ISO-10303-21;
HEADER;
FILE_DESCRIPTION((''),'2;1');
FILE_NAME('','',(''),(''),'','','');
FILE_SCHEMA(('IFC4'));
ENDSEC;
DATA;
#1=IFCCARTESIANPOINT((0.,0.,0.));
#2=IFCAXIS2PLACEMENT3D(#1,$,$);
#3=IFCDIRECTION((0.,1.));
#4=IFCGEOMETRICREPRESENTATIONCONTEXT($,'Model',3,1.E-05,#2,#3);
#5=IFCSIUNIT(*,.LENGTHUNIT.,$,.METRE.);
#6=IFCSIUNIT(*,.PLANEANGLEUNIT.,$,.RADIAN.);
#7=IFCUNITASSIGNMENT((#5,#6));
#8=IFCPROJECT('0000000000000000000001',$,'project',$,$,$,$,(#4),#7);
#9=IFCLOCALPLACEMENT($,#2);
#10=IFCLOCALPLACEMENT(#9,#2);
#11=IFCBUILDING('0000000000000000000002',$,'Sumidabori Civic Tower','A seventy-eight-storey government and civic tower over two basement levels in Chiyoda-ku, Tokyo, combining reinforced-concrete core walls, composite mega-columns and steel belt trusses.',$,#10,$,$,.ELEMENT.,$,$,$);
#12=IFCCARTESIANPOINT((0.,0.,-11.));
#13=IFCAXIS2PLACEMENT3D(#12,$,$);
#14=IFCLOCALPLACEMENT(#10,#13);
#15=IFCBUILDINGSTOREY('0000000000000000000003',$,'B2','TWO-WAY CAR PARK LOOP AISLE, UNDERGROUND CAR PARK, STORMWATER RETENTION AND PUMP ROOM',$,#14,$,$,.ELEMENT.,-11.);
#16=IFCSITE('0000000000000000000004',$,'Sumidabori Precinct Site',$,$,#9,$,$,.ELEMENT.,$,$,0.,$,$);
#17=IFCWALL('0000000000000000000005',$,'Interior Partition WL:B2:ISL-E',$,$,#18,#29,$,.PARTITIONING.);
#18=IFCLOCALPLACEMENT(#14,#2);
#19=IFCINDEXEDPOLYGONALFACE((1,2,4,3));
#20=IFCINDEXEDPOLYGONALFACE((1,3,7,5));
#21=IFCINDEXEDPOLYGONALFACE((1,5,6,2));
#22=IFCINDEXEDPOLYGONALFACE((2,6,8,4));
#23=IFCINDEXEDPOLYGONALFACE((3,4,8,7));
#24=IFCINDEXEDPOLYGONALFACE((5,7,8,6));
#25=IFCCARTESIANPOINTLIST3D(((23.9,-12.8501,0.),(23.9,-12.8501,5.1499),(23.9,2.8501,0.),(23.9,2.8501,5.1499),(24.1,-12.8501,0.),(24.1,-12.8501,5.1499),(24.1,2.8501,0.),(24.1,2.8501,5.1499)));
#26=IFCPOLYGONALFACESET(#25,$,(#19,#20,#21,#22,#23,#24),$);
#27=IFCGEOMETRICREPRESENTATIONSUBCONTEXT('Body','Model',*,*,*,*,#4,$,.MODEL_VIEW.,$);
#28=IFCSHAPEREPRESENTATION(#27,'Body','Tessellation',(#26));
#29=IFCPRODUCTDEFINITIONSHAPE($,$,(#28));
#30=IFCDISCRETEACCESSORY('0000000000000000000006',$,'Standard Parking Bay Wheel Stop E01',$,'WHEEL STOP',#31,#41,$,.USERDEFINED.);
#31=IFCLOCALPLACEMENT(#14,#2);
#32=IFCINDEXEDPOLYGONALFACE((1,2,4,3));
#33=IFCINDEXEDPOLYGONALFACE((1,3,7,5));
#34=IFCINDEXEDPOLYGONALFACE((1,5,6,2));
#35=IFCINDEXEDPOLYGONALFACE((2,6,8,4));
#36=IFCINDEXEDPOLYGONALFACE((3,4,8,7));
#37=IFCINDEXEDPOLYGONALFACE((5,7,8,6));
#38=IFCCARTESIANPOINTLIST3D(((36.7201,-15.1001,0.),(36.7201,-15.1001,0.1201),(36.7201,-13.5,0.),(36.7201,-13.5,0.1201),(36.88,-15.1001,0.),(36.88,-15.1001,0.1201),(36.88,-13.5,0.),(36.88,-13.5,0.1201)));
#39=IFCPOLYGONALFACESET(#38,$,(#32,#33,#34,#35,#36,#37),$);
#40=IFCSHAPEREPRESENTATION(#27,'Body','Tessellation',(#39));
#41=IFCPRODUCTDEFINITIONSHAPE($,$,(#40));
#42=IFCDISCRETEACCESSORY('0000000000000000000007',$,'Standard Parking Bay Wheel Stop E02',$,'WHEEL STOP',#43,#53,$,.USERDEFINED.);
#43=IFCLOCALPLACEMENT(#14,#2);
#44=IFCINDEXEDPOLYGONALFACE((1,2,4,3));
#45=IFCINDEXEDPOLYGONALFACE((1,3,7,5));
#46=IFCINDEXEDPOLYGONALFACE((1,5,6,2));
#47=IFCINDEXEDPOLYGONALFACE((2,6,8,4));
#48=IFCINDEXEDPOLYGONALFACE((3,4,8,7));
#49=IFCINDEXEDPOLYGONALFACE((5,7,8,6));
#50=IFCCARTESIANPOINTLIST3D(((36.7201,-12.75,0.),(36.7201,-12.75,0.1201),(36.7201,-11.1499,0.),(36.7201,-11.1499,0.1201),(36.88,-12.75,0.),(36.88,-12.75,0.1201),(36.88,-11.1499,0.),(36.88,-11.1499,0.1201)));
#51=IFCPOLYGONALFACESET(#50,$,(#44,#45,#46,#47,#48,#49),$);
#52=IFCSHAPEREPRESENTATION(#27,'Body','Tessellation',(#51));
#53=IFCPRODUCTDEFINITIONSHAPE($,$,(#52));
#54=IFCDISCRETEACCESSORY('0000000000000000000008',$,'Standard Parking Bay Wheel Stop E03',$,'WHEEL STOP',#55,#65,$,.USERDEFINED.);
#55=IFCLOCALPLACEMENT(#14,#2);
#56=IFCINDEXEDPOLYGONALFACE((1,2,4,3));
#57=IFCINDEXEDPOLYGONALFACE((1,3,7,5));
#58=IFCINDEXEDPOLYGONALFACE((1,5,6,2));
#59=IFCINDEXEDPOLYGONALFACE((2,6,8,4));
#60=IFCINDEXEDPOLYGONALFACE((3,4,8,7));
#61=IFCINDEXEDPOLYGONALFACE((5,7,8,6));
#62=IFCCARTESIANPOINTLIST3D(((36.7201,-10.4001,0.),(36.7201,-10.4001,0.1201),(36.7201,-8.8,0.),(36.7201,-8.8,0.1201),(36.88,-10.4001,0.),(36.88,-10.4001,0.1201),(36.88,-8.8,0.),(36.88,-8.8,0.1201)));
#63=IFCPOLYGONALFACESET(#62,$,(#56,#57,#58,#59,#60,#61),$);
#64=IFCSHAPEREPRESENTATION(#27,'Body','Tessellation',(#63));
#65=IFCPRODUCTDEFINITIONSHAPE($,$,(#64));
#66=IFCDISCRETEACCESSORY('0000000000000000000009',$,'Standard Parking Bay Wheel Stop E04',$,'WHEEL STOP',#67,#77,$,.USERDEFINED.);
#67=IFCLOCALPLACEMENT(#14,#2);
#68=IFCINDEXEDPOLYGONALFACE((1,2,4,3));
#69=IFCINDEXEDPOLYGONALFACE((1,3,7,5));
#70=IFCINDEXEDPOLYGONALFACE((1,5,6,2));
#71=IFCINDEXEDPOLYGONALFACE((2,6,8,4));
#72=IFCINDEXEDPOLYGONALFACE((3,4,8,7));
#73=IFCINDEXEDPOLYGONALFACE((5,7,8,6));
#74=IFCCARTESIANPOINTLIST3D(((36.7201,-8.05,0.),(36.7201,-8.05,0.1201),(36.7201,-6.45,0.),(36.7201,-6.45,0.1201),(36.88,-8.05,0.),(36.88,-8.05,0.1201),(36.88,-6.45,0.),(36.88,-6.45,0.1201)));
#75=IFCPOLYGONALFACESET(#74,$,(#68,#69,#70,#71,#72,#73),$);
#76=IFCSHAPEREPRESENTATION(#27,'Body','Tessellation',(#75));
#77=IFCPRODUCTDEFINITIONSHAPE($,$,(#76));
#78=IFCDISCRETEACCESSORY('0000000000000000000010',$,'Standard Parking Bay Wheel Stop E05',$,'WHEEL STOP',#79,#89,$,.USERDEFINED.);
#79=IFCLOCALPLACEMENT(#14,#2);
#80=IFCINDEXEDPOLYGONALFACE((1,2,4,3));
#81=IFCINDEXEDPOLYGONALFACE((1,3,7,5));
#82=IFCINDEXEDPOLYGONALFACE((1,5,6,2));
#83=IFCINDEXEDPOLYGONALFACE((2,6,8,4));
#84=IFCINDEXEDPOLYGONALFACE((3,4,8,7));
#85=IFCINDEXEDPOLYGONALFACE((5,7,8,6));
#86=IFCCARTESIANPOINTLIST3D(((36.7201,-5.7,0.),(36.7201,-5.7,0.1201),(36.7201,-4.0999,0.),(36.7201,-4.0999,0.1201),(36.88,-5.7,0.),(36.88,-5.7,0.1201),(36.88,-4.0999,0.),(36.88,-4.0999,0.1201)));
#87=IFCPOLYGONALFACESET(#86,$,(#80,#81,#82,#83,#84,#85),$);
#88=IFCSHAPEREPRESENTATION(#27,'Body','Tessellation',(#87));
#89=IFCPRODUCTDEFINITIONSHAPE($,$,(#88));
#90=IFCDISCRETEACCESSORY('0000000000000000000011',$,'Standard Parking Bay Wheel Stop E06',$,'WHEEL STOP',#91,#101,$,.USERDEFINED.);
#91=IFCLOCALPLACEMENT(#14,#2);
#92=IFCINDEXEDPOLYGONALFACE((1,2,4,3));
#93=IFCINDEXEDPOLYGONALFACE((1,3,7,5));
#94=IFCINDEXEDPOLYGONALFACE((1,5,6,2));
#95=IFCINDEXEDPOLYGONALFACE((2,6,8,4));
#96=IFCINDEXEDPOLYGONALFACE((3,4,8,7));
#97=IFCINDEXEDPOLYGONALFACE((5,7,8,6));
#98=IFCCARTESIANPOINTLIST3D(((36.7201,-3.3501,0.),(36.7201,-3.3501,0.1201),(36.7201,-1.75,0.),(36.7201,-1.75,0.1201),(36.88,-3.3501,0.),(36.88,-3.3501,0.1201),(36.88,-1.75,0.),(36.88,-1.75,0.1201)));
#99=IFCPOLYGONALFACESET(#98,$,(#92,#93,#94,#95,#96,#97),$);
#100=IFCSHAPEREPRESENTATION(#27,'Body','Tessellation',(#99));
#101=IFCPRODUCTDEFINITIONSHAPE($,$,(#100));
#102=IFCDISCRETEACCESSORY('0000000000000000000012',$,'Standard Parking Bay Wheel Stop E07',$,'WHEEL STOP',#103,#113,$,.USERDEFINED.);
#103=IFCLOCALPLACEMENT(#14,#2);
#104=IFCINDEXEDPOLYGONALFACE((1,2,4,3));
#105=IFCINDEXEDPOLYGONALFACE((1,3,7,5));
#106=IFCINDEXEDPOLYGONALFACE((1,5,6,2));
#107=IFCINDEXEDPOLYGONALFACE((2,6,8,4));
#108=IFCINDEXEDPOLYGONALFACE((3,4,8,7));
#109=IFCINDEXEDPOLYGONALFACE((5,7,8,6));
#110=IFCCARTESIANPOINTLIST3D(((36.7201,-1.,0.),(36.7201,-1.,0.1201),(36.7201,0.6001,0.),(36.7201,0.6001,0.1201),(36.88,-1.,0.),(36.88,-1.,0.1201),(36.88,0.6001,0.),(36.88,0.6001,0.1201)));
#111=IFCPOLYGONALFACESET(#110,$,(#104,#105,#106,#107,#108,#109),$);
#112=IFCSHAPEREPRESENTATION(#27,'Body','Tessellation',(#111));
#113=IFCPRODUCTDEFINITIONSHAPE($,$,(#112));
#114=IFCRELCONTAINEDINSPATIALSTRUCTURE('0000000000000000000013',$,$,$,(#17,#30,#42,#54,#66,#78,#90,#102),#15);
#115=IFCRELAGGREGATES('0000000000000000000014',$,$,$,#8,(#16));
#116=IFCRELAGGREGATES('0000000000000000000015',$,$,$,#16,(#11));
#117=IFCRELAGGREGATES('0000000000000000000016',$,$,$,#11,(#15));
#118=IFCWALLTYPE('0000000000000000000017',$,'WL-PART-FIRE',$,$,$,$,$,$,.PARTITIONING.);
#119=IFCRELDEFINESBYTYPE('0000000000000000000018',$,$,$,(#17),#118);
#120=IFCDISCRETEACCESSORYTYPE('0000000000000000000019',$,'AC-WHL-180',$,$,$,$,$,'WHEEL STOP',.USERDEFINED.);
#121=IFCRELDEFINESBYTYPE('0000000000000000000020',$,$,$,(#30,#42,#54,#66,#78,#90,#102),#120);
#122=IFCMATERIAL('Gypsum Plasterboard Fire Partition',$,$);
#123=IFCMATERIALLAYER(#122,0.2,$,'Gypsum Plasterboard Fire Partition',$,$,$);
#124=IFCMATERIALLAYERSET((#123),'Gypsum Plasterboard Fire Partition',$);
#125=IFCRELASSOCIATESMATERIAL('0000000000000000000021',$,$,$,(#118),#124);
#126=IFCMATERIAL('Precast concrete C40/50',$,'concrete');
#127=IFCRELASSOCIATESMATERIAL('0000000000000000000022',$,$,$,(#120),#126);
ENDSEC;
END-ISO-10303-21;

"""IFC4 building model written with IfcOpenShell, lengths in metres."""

from ifc_helpers import new_model, si_unit, direction, frame, frame_2d, origin, origin_2d, place, context, subcontext, project, spatial, rectangle, extrude, source, transform, mapped, material, layer, layer_set, type_object, element, save


model = new_model("IFC4")

# Units and contexts
model_context = context("Model", 3, precision=1e-05, world=origin(), true_north=direction((0.0, 1.0)))
body_context = subcontext(model_context, "Body", "Model", "MODEL_VIEW")
ifc_project = project(units=[si_unit("LENGTHUNIT", "METRE"), si_unit("PLANEANGLEUNIT", "RADIAN")], contexts=[model_context])

# Site, building, storey
site_placement = place(None, origin())
site = spatial("IfcSite", under=ifc_project, at=site_placement, Name="Sumidabori Precinct Site", CompositionType="ELEMENT", RefElevation=0.0)
building_placement = place(site_placement, origin())
building = spatial("IfcBuilding", under=site, at=building_placement, Name="Sumidabori Civic Tower", Description="A seventy-eight-storey government and civic tower over two basement levels in Chiyoda-ku, Tokyo, combining reinforced-concrete core walls, composite mega-columns and steel belt trusses.", CompositionType="ELEMENT")
storey_placement = place(building_placement, frame((0.0, 0.0, -11.0)))
storey = spatial("IfcBuildingStorey", under=building, at=storey_placement, Name="B2", Description="TWO-WAY CAR PARK LOOP AISLE, UNDERGROUND CAR PARK, STORMWATER RETENTION AND PUMP ROOM", CompositionType="ELEMENT", Elevation=-11.0)

# Wall
ifc_material_1 = material(Name="Gypsum Plasterboard Fire Partition")
ifc_layer_1 = layer(ifc_material_1, 0.2, Name="Gypsum Plasterboard Fire Partition")
ifc_layer_set_1 = layer_set([ifc_layer_1], Name="Gypsum Plasterboard Fire Partition")
wall_type = type_object("IfcWallType", Name="WL-PART-FIRE", PredefinedType="PARTITIONING", material=ifc_layer_set_1)
shared_shape_1 = source(origin(), body_context, "Body", "SweptSolid", [
    extrude(rectangle(XDim=15.7002, YDim=0.2, at=frame_2d((7.8501, 0.0))), origin(), (0.0, 0.0, 1.0), 5.1499),
])
wall_placement = place(storey_placement, frame((24.0, -12.8501, 0.0), z_axis=(0.0, 0.0, 1.0), x_axis=(0.0, 1.0, 0.0)))
element("IfcWall", 1, at=wall_placement, inside=storey, type_object=wall_type, Name="Interior Partition WL:B2:ISL-E", PredefinedType="PARTITIONING", context=body_context, shape_type="MappedRepresentation", body=[
    mapped(shared_shape_1, transform((0.0, 0.0, 0.0), x_axis=(1.0, 0.0, 0.0), y_axis=(0.0, 1.0, 0.0), z_axis=(0.0, 0.0, 1.0), scale=1.0)),
])

# Discrete accessories
ifc_material_2 = material(Name="Precast concrete C40/50", Category="concrete")
discrete_accessory_type = type_object("IfcDiscreteAccessoryType", Name="AC-WHL-180", ElementType="WHEEL STOP", PredefinedType="USERDEFINED", material=ifc_material_2)
shared_shape_2 = source(origin(), body_context, "Body", "SweptSolid", [
    extrude(rectangle(XDim=0.1599, YDim=1.6001, at=origin_2d()), origin(), (0.0, 0.0, 1.0), 0.1201),
])
for number, where, z_axis, x_axis, name in (
    (2, (36.8, -14.3, 0.0), (0.0, 0.0, 1.0), (1.0, 0.0, 0.0), "Standard Parking Bay Wheel Stop E01"),
    (3, (36.8, -11.95, 0.0), (0.0, 0.0, 1.0), (1.0, 0.0, 0.0), "Standard Parking Bay Wheel Stop E02"),
    (4, (36.8, -9.6001, 0.0), (0.0, 0.0, 1.0), (1.0, 0.0, 0.0), "Standard Parking Bay Wheel Stop E03"),
    (5, (36.8, -7.25, 0.0), (0.0, 0.0, 1.0), (1.0, 0.0, 0.0), "Standard Parking Bay Wheel Stop E04"),
    (6, (36.8, -4.8999, 0.0), (0.0, 0.0, 1.0), (1.0, 0.0, 0.0), "Standard Parking Bay Wheel Stop E05"),
    (7, (36.8, -2.55, 0.0), (0.0, 0.0, 1.0), (1.0, 0.0, 0.0), "Standard Parking Bay Wheel Stop E06"),
    (8, (36.8, -0.2, 0.0), (0.0, 0.0, 1.0), (1.0, 0.0, 0.0), "Standard Parking Bay Wheel Stop E07"),
):
    element("IfcDiscreteAccessory", number, at=place(storey_placement, frame(where, z_axis=z_axis, x_axis=x_axis)), inside=storey, type_object=discrete_accessory_type, Name=name, ObjectType="WHEEL STOP", PredefinedType="USERDEFINED", context=body_context, shape_type="MappedRepresentation", body=[
        mapped(shared_shape_2, transform((0.0, 0.0, 0.0), x_axis=(1.0, 0.0, 0.0), y_axis=(0.0, 1.0, 0.0), z_axis=(0.0, 0.0, 1.0), scale=1.0)),
    ])

save(model, "model.ifc")
